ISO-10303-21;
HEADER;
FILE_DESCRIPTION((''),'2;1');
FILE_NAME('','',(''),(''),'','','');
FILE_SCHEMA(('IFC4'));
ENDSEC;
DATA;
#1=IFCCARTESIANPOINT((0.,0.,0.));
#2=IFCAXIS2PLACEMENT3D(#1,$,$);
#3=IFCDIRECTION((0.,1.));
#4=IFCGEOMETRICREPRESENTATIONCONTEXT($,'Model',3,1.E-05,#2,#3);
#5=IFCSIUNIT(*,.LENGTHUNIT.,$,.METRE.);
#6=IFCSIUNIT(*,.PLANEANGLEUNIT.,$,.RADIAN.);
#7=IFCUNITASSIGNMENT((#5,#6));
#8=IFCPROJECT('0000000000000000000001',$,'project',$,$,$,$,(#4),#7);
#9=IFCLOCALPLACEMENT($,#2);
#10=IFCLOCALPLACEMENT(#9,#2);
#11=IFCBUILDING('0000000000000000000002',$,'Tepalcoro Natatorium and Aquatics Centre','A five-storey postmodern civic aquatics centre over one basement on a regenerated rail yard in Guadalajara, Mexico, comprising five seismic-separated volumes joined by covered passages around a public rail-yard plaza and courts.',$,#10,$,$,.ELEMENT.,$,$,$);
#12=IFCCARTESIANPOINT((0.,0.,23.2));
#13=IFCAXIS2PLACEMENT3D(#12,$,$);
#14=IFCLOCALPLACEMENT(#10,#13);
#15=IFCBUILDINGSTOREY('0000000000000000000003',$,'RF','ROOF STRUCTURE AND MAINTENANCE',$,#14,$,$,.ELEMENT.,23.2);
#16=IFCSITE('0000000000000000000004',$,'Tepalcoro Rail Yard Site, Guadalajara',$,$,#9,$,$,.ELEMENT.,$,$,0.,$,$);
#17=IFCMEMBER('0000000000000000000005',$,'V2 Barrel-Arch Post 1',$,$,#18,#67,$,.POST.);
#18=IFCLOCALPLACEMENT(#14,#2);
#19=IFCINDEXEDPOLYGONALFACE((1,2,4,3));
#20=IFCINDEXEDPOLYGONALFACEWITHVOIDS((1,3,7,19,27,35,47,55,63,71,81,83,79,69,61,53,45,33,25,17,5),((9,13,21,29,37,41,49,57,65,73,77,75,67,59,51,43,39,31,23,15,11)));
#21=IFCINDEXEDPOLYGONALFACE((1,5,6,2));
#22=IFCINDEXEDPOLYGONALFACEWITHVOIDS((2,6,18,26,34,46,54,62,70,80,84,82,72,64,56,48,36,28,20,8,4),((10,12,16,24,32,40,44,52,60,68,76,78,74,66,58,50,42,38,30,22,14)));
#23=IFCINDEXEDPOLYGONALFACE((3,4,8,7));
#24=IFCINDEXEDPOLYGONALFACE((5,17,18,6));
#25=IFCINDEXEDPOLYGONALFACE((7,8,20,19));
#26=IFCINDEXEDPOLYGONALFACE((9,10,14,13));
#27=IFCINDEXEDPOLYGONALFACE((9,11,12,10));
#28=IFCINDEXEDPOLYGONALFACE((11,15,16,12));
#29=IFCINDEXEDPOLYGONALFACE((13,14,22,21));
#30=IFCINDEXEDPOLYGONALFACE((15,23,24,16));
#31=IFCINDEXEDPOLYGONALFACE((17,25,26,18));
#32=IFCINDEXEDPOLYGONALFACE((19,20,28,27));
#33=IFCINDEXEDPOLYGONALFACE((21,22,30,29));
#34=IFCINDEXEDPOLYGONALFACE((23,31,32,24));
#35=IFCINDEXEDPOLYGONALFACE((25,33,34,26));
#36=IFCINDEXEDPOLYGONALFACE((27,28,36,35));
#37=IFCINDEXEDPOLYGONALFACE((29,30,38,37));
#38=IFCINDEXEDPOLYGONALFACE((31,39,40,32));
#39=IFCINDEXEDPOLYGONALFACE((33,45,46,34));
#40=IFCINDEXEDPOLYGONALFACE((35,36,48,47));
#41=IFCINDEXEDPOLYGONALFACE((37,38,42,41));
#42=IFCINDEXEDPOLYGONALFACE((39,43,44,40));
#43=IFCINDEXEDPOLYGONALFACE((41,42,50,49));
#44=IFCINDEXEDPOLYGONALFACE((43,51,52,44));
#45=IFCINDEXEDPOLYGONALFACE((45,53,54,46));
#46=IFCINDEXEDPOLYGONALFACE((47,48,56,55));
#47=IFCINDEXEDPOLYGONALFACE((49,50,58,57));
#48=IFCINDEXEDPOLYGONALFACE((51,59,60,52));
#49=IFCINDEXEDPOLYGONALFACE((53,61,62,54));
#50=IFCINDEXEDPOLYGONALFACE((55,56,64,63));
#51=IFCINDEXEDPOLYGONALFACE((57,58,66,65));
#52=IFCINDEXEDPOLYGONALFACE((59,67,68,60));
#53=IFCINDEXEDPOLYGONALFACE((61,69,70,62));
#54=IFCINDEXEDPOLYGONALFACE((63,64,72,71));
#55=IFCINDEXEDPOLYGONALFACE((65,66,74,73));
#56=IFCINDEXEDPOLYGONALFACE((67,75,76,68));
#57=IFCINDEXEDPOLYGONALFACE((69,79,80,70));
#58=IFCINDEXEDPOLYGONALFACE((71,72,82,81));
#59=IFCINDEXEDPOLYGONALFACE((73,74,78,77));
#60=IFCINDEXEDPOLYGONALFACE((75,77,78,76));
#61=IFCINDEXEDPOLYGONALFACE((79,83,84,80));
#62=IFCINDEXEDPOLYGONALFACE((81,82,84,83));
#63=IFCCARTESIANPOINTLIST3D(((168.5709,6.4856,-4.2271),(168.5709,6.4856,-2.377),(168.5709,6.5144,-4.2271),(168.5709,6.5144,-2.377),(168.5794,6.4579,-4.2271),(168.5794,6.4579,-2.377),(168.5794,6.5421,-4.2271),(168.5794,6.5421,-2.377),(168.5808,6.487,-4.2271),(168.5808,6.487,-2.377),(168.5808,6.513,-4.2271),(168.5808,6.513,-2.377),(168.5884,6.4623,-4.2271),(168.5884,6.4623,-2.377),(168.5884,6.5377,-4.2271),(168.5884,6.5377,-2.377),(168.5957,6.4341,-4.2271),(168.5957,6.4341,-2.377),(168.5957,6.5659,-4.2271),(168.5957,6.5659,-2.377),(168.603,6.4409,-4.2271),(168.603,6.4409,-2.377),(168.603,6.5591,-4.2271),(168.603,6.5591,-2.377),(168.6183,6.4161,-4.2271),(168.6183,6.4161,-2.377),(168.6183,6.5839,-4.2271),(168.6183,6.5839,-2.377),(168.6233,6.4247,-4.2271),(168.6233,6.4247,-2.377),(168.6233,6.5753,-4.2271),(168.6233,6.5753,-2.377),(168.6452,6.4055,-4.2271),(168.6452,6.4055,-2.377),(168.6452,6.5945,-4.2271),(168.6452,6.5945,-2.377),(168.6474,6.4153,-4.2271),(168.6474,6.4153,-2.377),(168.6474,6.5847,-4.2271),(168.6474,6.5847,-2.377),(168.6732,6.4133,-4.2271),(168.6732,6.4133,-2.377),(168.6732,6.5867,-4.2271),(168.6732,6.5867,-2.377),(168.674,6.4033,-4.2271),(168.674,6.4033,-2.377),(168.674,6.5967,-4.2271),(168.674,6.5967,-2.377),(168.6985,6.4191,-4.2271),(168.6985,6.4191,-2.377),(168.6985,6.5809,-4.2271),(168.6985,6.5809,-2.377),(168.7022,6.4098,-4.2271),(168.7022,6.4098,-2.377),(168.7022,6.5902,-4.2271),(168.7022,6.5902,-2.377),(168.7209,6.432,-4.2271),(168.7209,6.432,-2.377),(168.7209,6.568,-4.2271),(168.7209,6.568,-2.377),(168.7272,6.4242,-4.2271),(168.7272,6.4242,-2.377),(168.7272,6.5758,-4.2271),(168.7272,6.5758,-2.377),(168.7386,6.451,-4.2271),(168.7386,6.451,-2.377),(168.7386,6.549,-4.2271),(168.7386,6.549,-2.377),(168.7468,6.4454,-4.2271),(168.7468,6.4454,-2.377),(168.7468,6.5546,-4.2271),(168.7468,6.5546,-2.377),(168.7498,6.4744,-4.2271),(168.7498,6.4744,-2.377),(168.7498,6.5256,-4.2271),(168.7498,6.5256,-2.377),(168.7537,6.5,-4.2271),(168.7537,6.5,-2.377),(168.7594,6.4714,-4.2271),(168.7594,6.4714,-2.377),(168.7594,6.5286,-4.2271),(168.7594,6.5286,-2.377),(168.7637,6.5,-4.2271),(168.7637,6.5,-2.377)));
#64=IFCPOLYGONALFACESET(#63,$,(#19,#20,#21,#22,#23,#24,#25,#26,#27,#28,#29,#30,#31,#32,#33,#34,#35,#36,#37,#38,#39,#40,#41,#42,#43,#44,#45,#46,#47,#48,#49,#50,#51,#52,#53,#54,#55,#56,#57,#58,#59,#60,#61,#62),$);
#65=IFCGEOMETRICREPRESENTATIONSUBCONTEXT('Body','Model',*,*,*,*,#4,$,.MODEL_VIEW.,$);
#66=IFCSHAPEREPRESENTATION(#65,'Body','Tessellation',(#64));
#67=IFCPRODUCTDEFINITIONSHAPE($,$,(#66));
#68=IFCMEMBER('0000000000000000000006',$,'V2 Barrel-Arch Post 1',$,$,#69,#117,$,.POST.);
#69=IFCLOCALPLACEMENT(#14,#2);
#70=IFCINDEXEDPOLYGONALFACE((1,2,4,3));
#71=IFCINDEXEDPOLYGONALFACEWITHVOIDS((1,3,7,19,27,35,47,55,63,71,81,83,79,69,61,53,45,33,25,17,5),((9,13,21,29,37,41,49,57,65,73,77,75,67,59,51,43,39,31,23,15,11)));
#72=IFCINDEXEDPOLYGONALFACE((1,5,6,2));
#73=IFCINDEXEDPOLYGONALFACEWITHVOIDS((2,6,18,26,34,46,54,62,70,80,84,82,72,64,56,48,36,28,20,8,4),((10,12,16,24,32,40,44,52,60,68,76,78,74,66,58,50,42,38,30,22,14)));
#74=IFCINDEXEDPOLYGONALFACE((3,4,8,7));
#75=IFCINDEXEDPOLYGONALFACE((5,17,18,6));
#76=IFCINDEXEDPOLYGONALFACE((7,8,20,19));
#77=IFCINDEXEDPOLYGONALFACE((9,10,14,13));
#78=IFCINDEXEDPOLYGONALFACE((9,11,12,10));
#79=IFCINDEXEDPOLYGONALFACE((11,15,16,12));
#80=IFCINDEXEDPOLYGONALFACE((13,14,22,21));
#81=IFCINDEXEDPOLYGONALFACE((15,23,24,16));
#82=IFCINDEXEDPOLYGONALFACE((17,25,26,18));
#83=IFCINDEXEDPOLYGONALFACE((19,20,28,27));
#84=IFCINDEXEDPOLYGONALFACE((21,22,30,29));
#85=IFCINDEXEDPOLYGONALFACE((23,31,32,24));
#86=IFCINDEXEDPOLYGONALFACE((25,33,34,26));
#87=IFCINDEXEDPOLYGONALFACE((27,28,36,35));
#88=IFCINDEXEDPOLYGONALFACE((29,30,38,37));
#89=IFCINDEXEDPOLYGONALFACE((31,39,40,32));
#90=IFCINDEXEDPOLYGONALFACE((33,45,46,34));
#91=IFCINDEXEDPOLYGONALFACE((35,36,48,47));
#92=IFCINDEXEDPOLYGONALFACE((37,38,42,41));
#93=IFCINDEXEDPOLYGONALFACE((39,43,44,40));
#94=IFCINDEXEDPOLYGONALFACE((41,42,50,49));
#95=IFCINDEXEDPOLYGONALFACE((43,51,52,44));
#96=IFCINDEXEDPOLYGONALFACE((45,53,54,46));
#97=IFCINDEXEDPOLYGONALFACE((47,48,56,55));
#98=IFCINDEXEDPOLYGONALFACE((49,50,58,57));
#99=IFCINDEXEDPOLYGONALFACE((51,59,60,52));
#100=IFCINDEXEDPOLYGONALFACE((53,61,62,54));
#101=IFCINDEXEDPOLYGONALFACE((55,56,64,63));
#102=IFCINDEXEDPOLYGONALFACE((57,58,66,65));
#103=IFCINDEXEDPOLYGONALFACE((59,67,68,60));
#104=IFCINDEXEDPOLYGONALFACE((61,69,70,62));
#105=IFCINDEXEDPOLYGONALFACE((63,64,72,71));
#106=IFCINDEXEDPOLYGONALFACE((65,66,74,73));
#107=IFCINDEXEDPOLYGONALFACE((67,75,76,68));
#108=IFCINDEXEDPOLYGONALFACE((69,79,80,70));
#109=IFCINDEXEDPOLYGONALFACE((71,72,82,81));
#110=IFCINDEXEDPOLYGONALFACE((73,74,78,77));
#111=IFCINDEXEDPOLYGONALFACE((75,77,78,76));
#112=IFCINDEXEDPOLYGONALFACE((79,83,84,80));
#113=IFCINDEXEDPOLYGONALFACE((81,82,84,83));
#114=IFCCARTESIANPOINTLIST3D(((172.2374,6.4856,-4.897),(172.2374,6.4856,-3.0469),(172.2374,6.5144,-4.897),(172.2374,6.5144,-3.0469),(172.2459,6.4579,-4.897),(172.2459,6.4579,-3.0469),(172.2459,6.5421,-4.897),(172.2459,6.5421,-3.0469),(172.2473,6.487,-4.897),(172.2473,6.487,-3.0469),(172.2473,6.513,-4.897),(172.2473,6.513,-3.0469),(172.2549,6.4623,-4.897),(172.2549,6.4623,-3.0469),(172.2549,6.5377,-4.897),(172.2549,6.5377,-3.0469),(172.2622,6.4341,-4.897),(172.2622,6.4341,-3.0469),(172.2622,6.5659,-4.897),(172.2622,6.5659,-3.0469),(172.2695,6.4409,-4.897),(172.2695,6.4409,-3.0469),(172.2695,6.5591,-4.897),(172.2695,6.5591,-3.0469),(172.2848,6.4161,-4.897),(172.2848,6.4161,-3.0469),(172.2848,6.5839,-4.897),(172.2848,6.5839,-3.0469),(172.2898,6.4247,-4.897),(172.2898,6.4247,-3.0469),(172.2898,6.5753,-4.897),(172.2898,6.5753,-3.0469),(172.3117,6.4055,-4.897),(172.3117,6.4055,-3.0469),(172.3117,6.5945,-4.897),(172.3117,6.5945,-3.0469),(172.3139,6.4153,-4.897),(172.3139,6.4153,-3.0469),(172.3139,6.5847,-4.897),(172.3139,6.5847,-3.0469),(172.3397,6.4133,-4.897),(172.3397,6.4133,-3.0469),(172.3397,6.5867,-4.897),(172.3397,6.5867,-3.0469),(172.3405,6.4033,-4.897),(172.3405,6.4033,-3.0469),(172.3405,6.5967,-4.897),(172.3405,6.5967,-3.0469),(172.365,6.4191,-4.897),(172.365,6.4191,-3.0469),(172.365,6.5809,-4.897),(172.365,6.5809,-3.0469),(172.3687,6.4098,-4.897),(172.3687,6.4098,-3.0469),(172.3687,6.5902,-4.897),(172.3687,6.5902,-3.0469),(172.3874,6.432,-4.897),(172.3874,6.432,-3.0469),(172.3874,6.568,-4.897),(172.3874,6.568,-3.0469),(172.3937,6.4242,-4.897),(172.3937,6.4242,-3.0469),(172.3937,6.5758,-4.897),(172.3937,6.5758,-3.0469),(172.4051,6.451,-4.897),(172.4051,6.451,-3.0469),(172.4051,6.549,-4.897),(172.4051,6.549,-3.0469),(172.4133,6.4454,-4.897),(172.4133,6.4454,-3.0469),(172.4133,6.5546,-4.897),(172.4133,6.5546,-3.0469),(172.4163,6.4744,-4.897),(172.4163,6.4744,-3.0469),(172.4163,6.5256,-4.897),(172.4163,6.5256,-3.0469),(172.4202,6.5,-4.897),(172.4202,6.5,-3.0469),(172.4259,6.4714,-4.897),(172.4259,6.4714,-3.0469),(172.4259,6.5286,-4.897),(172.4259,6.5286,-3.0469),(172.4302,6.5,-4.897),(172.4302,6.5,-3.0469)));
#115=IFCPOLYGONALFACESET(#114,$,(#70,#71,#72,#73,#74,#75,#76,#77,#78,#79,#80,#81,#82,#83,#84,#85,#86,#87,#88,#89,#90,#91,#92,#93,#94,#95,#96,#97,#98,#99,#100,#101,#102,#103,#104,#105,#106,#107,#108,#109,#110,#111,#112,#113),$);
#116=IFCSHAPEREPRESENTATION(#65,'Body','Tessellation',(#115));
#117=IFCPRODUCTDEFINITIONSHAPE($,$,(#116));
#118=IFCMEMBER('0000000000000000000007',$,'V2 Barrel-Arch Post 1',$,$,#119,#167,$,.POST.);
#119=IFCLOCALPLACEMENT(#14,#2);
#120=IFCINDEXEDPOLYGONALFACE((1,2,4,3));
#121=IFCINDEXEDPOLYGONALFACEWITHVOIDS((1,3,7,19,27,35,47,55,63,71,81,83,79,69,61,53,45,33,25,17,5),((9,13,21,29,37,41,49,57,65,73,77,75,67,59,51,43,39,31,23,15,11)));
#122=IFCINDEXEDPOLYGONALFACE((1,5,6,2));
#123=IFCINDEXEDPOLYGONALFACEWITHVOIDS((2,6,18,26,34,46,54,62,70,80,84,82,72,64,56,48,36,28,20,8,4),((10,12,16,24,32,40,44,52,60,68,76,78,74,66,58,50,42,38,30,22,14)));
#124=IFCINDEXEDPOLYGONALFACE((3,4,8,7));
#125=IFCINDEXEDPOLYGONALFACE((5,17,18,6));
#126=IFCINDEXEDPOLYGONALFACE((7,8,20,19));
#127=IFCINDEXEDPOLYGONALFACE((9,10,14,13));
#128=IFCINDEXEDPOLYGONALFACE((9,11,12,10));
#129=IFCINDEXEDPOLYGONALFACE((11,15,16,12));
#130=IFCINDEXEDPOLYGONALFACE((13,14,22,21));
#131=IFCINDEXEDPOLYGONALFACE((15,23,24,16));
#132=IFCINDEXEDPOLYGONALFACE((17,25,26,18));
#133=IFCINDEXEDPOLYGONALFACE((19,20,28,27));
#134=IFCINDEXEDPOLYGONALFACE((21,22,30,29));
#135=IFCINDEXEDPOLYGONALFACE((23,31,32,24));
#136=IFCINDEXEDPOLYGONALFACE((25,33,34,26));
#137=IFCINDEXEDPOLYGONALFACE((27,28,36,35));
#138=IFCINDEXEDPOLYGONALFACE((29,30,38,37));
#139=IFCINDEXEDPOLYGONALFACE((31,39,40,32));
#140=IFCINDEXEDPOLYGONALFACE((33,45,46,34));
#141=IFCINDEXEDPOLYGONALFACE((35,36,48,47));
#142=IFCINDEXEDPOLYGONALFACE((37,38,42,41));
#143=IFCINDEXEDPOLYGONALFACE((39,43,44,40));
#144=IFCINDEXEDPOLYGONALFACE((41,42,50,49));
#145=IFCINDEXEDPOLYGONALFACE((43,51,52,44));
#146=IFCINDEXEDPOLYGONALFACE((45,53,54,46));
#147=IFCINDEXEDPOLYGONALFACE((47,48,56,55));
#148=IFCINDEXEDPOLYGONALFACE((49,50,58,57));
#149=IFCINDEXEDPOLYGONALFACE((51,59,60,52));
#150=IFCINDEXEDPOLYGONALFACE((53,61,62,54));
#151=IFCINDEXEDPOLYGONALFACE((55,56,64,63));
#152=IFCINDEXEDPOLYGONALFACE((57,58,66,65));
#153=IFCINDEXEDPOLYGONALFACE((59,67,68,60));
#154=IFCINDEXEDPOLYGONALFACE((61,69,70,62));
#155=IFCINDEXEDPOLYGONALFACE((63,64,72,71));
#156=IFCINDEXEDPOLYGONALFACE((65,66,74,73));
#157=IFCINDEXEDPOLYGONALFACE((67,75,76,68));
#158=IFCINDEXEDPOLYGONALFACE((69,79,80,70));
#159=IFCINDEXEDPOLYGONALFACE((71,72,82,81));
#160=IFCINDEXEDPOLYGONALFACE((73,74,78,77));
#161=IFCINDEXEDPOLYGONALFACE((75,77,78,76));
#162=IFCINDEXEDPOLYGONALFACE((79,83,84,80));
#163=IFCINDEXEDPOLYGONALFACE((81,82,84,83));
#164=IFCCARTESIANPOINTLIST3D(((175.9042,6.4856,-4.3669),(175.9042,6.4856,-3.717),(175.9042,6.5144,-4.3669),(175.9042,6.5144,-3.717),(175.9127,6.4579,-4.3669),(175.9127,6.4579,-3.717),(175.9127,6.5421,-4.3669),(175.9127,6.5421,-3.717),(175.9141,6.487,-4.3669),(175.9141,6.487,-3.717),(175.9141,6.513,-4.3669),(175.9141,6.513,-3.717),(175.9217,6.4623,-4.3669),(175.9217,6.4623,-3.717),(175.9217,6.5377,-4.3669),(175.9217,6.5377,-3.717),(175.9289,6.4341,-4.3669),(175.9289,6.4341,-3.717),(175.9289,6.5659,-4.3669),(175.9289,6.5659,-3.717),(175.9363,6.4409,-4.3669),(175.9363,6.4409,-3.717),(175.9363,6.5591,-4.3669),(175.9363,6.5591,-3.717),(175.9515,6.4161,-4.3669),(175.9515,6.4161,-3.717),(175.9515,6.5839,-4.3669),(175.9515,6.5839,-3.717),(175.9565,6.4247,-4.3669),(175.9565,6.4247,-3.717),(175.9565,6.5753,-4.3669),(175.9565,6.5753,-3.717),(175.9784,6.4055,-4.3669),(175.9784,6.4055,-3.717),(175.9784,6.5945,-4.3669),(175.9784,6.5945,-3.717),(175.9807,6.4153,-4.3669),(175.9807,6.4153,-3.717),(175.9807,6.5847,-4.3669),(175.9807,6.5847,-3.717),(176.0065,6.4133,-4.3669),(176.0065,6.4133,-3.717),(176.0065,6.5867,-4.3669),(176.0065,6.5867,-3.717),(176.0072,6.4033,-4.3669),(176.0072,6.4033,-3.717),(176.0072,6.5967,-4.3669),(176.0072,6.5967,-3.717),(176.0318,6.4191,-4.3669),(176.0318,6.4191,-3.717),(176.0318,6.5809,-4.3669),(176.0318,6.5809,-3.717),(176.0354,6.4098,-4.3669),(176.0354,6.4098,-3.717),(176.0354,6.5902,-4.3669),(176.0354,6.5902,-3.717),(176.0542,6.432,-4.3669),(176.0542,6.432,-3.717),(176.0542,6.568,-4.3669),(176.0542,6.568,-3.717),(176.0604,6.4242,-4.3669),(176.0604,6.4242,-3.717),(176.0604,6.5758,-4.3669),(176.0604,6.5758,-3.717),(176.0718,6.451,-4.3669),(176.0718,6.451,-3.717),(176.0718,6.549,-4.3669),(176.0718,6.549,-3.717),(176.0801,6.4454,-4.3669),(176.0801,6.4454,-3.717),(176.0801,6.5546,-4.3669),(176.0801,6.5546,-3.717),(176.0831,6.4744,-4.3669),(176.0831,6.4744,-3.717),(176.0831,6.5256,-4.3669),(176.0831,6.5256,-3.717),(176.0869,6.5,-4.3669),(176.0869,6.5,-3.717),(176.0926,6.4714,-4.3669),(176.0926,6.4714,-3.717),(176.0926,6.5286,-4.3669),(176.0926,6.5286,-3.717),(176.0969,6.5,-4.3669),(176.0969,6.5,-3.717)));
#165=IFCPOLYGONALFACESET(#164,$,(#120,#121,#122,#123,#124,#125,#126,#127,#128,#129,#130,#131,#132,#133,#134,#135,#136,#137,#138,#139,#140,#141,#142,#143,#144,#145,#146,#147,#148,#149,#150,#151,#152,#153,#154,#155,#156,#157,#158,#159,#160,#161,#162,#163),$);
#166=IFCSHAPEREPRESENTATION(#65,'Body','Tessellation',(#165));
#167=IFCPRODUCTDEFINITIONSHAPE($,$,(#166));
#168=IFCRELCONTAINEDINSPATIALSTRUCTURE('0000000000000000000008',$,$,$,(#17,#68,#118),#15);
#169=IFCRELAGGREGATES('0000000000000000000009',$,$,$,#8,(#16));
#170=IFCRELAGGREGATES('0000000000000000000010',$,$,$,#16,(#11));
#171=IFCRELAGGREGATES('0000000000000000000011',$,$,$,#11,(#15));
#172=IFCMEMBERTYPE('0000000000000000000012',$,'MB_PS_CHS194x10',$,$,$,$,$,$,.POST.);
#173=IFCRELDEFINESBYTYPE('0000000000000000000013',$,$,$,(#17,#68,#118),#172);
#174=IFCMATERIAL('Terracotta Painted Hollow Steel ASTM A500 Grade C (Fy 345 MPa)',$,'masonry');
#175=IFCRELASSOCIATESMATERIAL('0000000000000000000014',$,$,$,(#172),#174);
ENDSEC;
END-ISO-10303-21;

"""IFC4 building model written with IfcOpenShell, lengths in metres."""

from ifc_helpers import new_model, si_unit, direction, frame, origin, origin_2d, place, context, subcontext, project, spatial, hollow_circle, extrude, material, material_profile, profile_set, type_object, element, save


model = new_model("IFC4")

# Units and contexts
model_context = context("Model", 3, precision=1e-05, world=origin(), true_north=direction((0.0, 1.0)))
body_context = subcontext(model_context, "Body", "Model", "MODEL_VIEW")
ifc_project = project(units=[si_unit("LENGTHUNIT", "METRE"), si_unit("PLANEANGLEUNIT", "RADIAN")], contexts=[model_context])

# Site, building, storey
site_placement = place(None, origin())
site = spatial("IfcSite", under=ifc_project, at=site_placement, Name="Tepalcoro Rail Yard Site, Guadalajara", CompositionType="ELEMENT", RefElevation=0.0)
building_placement = place(site_placement, origin())
building = spatial("IfcBuilding", under=site, at=building_placement, Name="Tepalcoro Natatorium and Aquatics Centre", Description="A five-storey postmodern civic aquatics centre over one basement on a regenerated rail yard in Guadalajara, Mexico, comprising five seismic-separated volumes joined by covered passages around a public rail-yard plaza and courts.", CompositionType="ELEMENT")
storey_placement = place(building_placement, frame((0.0, 0.0, 23.2)))
storey = spatial("IfcBuildingStorey", under=building, at=storey_placement, Name="RF", Description="ROOF STRUCTURE AND MAINTENANCE", CompositionType="ELEMENT", Elevation=23.2)

# Shared definitions
ifc_material_1 = material(Name="Terracotta Painted Hollow Steel ASTM A500 Grade C (Fy 345 MPa)", Category="masonry")

# Members
ifc_material_profile_1 = material_profile(ifc_material_1, hollow_circle(Radius=0.0969, WallThickness=0.01, at=origin_2d()), Name="CHS194X10")
ifc_profile_set_1 = profile_set([ifc_material_profile_1], Name="Terracotta Painted Hollow Steel ASTM A500 Grade C (Fy 345 MPa)")
member_type_1 = type_object("IfcMemberType", Name="MB_PS_CHS194x10", PredefinedType="POST", material=ifc_profile_set_1)
for number, where, z_axis, x_axis, name in (
    (1, (168.6667, 6.5, -4.2271), (0.0, 0.0, 1.0), (1.0, 0.0, 0.0), "V2 Barrel-Arch Post 1"),
    (2, (172.3333, 6.5, -4.897), (0.0, 0.0, 1.0), (1.0, 0.0, 0.0), "V2 Barrel-Arch Post 1"),
):
    element("IfcMember", number, at=place(storey_placement, frame(where, z_axis=z_axis, x_axis=x_axis)), inside=storey, type_object=member_type_1, Name=name, PredefinedType="POST", context=body_context, shape_type="SweptSolid", body=[
        extrude(hollow_circle(Radius=0.0969, WallThickness=0.01, at=origin_2d()), origin(), (0.0, 0.0, 1.0), 1.8501),
    ])
member_1_placement = place(storey_placement, frame((176.0, 6.5, -4.3669), z_axis=(0.0, 0.0, 1.0), x_axis=(1.0, 0.0, 0.0)))
element("IfcMember", 3, at=member_1_placement, inside=storey, type_object=member_type_1, Name="V2 Barrel-Arch Post 1", PredefinedType="POST", context=body_context, shape_type="SweptSolid", body=[
    extrude(hollow_circle(Radius=0.0969, WallThickness=0.01, at=origin_2d()), origin(), (0.0, 0.0, 1.0), 0.6499),
])

save(model, "model.ifc")
